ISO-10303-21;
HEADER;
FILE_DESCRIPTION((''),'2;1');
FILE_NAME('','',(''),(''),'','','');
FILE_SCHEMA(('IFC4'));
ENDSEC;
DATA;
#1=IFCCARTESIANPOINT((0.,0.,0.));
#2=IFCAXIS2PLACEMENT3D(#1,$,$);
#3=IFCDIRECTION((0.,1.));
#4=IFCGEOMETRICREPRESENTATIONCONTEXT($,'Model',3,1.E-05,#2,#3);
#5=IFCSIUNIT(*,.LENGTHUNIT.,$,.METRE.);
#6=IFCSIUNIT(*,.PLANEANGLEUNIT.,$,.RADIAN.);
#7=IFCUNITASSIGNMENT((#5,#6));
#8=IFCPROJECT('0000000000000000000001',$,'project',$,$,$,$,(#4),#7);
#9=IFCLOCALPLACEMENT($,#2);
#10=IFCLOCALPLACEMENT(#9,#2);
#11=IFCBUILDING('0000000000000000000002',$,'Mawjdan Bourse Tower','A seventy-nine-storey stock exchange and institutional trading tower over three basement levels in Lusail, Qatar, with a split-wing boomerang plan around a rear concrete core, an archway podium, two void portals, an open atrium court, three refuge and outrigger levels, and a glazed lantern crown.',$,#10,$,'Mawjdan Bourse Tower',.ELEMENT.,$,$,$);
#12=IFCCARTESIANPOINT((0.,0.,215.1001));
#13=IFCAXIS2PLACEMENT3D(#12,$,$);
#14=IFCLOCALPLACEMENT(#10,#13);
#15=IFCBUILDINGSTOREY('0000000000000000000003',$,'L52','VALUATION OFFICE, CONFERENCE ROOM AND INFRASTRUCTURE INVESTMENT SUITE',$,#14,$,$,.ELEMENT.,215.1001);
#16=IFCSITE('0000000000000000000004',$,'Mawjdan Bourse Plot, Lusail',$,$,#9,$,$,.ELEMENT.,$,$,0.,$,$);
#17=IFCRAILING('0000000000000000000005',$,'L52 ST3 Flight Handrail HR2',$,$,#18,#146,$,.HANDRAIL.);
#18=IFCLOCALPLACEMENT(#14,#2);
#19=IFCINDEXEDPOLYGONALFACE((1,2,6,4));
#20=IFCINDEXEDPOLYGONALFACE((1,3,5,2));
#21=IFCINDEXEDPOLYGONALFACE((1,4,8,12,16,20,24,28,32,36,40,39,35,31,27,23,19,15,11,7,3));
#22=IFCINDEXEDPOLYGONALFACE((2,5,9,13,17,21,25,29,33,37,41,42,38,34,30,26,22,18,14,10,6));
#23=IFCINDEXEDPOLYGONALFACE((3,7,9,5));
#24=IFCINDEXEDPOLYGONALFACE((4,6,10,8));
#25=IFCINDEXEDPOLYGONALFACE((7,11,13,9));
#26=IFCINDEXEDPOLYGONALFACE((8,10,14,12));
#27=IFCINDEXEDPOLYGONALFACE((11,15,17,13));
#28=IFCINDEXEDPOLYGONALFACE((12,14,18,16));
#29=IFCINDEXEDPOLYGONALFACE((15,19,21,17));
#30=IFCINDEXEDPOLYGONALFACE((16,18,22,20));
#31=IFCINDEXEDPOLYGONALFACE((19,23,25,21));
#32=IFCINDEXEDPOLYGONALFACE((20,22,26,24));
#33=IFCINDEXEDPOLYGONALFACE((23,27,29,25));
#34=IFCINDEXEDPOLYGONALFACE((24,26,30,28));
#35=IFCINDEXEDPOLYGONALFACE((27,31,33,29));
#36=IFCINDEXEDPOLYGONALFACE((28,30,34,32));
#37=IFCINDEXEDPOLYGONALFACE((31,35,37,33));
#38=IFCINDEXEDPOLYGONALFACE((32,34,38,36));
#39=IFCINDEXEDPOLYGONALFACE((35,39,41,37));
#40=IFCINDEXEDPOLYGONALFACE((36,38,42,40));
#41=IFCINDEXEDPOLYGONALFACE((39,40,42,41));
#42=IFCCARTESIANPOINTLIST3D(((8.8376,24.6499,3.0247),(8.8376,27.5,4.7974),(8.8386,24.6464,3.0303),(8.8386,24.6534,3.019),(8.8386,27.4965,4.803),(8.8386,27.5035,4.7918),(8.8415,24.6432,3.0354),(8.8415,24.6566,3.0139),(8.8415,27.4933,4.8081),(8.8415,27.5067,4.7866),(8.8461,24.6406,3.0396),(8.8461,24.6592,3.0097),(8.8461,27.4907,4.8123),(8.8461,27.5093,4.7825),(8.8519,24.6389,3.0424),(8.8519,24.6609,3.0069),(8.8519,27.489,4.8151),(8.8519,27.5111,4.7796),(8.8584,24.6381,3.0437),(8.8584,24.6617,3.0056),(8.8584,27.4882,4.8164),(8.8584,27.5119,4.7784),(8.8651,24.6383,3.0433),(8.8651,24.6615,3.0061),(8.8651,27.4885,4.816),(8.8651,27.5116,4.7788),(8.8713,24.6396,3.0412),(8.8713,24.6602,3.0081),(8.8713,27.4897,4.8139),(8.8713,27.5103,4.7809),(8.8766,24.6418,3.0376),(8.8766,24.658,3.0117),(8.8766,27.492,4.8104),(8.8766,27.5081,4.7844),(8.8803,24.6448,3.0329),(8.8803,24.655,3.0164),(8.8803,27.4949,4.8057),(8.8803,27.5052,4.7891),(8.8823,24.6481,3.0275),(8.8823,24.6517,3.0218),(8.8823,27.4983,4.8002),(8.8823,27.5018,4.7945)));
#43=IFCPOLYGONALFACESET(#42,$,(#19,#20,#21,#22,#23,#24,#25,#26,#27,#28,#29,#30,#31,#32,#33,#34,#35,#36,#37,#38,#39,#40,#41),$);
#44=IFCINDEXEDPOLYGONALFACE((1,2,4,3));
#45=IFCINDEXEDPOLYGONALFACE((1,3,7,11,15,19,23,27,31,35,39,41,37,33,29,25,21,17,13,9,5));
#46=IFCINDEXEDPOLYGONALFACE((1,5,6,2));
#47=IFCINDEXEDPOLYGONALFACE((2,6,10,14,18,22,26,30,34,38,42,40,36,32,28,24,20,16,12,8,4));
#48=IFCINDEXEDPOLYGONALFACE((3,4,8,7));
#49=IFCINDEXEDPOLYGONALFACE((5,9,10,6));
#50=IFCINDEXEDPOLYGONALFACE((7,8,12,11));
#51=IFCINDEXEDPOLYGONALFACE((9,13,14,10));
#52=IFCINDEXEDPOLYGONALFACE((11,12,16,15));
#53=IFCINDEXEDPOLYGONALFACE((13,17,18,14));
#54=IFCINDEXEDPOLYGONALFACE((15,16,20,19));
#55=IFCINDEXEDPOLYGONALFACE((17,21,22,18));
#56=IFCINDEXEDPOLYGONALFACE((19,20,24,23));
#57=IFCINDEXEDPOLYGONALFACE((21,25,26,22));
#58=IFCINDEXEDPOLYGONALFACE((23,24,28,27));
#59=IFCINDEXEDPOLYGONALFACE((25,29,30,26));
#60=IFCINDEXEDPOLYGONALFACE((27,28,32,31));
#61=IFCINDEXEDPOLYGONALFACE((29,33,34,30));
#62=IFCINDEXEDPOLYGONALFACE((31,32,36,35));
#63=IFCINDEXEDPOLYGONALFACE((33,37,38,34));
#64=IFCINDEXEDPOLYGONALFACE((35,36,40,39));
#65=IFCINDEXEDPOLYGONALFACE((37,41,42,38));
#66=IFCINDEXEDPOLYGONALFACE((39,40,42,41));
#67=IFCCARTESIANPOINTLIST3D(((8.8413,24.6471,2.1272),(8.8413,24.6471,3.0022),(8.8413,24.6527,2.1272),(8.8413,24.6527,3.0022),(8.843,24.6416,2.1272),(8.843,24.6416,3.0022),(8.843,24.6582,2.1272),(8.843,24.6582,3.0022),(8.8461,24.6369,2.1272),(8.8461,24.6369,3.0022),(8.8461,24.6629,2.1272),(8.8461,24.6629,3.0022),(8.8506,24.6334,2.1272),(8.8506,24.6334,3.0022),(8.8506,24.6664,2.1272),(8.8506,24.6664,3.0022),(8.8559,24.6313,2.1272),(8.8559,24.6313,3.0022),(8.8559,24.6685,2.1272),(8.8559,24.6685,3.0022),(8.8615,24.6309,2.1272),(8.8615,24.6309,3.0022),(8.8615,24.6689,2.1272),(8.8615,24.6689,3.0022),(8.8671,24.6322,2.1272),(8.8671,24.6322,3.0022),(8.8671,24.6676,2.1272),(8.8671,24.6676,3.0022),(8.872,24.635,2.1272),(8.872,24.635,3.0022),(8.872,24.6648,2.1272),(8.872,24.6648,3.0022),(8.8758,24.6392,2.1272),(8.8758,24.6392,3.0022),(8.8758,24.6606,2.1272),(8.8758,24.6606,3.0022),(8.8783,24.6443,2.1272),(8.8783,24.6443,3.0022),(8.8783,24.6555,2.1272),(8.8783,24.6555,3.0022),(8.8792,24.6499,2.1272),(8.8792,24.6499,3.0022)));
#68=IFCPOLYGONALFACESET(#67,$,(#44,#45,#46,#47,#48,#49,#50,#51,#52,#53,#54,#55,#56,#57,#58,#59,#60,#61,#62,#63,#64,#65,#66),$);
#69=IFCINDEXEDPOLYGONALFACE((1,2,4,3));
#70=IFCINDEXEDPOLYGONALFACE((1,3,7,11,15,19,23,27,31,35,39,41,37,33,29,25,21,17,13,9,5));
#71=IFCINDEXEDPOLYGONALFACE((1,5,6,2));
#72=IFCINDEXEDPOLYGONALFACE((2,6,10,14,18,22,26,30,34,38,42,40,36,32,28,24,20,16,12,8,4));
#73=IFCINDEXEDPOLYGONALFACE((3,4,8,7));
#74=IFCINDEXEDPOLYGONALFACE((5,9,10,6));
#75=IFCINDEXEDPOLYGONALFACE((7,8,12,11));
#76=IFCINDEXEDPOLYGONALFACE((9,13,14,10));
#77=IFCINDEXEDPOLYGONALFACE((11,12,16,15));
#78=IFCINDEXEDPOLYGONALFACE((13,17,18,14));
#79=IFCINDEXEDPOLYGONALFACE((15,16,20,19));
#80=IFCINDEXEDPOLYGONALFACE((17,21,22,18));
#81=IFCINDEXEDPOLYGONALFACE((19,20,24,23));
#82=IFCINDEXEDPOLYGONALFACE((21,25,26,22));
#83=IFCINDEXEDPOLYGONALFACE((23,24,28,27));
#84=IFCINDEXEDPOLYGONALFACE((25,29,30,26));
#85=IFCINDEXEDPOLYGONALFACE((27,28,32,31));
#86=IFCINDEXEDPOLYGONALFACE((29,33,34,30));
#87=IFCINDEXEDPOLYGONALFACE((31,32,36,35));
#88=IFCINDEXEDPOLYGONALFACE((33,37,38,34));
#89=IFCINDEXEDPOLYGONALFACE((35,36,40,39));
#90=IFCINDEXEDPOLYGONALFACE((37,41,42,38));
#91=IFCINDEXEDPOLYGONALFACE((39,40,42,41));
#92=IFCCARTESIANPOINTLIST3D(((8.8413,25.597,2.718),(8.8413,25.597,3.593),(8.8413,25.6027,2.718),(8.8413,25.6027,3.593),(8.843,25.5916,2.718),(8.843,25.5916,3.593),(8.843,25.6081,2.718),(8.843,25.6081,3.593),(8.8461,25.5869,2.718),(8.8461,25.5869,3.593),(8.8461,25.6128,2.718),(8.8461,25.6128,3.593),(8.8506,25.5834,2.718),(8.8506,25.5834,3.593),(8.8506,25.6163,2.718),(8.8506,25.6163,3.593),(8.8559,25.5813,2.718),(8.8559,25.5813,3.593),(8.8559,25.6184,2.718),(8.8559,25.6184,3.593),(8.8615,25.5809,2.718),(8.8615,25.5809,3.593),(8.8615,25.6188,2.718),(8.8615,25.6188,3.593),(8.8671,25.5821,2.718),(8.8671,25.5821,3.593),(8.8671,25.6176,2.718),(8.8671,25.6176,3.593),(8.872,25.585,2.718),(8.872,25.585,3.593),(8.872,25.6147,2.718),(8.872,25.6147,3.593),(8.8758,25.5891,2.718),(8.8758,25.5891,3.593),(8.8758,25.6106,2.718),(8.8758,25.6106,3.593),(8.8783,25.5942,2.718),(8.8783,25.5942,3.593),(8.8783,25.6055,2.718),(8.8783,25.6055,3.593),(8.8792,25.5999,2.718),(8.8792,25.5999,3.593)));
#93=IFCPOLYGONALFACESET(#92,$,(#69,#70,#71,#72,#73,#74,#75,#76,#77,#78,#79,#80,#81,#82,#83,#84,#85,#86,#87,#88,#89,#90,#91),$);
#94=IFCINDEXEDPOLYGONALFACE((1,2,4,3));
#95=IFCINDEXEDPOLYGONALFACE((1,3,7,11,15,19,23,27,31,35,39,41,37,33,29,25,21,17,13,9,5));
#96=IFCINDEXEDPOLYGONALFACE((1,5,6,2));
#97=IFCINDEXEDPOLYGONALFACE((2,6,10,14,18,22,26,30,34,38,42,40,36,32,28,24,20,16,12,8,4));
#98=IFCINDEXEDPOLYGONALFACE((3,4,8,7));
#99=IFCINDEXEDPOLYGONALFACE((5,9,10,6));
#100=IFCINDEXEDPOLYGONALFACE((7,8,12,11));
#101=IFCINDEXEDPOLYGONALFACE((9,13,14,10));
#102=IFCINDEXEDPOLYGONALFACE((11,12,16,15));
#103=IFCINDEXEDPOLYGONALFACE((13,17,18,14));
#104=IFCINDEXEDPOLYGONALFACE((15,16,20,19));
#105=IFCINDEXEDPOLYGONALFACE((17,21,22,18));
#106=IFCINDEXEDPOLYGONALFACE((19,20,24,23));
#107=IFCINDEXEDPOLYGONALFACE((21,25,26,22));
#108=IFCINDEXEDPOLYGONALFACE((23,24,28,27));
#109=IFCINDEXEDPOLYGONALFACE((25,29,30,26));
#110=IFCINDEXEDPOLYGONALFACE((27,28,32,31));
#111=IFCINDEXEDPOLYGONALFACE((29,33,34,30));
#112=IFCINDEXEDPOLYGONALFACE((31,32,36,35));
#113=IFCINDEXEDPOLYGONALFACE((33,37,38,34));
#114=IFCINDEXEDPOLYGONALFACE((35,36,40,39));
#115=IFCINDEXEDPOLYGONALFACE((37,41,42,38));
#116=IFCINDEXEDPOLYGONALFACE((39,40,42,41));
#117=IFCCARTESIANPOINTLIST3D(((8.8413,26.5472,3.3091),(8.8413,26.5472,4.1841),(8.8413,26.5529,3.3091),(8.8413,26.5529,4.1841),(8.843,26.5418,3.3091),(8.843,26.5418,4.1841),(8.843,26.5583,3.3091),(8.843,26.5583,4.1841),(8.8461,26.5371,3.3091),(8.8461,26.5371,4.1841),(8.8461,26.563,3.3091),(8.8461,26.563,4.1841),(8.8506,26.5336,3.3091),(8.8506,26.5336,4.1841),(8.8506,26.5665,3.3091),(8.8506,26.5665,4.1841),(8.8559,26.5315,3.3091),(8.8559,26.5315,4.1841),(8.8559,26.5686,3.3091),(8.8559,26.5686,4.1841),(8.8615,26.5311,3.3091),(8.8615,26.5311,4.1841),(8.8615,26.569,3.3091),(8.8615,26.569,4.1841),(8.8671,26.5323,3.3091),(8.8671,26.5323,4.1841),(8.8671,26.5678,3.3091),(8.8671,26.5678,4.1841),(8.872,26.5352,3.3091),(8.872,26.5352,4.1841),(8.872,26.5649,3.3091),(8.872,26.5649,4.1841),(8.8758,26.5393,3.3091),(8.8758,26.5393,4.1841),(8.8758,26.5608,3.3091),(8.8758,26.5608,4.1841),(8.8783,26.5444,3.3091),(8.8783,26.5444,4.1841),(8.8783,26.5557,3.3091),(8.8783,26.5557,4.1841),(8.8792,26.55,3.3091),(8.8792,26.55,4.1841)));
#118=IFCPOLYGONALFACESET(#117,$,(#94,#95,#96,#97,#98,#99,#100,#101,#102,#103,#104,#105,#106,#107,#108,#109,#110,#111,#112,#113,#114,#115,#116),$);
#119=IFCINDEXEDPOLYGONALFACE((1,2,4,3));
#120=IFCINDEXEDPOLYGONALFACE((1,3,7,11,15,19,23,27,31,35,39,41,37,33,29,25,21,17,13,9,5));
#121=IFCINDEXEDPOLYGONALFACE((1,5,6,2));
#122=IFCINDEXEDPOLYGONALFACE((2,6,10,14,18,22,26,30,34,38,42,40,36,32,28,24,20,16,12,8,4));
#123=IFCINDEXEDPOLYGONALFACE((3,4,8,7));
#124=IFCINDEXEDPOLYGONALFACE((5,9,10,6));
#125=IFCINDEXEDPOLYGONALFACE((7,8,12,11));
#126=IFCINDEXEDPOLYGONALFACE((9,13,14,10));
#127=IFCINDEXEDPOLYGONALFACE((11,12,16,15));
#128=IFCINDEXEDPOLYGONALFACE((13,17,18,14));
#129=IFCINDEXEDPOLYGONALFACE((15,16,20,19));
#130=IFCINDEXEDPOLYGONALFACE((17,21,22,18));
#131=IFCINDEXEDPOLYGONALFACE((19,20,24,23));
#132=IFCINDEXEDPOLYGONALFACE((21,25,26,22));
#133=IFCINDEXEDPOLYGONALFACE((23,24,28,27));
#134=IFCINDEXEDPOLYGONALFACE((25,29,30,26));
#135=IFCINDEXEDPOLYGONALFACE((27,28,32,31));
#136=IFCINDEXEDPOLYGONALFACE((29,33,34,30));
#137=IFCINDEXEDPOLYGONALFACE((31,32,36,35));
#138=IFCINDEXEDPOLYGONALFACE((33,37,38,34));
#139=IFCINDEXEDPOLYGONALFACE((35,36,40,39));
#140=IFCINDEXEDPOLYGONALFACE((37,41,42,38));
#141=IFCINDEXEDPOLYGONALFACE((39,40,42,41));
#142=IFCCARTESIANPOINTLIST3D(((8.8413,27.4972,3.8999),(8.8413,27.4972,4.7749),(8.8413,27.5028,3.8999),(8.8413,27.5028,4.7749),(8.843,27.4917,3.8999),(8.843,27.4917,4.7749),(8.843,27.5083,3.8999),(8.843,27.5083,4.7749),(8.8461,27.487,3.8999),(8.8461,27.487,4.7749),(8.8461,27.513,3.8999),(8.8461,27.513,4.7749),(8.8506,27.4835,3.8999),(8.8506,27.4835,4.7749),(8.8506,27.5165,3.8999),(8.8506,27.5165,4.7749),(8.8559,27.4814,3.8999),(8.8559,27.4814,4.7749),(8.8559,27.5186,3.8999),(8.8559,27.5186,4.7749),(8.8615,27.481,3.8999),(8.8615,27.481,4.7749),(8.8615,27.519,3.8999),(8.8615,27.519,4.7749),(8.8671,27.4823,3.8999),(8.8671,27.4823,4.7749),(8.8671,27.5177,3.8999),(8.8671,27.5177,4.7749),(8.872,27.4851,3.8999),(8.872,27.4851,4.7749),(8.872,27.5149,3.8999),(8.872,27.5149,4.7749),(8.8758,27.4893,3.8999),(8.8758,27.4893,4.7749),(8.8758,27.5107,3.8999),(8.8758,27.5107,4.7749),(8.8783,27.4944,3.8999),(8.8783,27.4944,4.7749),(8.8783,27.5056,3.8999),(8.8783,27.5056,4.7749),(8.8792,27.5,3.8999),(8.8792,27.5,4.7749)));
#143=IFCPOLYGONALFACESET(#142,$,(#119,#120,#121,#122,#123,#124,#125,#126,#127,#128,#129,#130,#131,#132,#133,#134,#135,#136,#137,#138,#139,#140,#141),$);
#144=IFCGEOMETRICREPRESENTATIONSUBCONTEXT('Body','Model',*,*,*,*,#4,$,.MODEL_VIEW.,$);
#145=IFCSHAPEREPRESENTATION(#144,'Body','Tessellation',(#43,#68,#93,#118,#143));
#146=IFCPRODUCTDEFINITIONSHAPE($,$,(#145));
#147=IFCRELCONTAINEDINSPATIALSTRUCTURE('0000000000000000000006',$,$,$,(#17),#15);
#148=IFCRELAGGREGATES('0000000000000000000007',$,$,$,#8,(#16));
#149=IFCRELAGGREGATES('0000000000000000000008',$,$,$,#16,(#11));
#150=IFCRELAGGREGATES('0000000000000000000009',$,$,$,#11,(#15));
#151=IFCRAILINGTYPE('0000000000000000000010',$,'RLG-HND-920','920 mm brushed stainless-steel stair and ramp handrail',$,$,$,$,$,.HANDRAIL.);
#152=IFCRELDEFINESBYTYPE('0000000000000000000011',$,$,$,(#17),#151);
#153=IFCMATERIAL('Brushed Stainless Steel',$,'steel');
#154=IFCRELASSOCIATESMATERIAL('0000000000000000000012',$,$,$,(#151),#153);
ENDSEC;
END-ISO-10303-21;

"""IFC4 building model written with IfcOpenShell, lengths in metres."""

from ifc_helpers import new_model, si_unit, direction, frame, origin, origin_2d, place, context, subcontext, project, spatial, circle, extrude, material, type_object, element, save


model = new_model("IFC4")

# Units and contexts
model_context = context("Model", 3, precision=1e-05, world=origin(), true_north=direction((0.0, 1.0)))
body_context = subcontext(model_context, "Body", "Model", "MODEL_VIEW")
ifc_project = project(units=[si_unit("LENGTHUNIT", "METRE"), si_unit("PLANEANGLEUNIT", "RADIAN")], contexts=[model_context])

# Site, building, storey
site_placement = place(None, origin())
site = spatial("IfcSite", under=ifc_project, at=site_placement, Name="Mawjdan Bourse Plot, Lusail", CompositionType="ELEMENT", RefElevation=0.0)
building_placement = place(site_placement, origin())
building = spatial("IfcBuilding", under=site, at=building_placement, Name="Mawjdan Bourse Tower", Description="A seventy-nine-storey stock exchange and institutional trading tower over three basement levels in Lusail, Qatar, with a split-wing boomerang plan around a rear concrete core, an archway podium, two void portals, an open atrium court, three refuge and outrigger levels, and a glazed lantern crown.", LongName="Mawjdan Bourse Tower", CompositionType="ELEMENT")
storey_placement = place(building_placement, frame((0.0, 0.0, 215.1001)))
storey = spatial("IfcBuildingStorey", under=building, at=storey_placement, Name="L52", Description="VALUATION OFFICE, CONFERENCE ROOM AND INFRASTRUCTURE INVESTMENT SUITE", CompositionType="ELEMENT", Elevation=215.1001)

# Railing
ifc_material_1 = material(Name="Brushed Stainless Steel", Category="steel")
railing_type_1 = type_object("IfcRailingType", Name="RLG-HND-920", Description="920 mm brushed stainless-steel stair and ramp handrail", PredefinedType="HANDRAIL", material=ifc_material_1)
railing_1_placement = place(storey_placement, frame((8.8601, 24.6499, 2.1272)))
element("IfcRailing", 1, at=railing_1_placement, inside=storey, type_object=railing_type_1, Name="L52 ST3 Flight Handrail HR2", PredefinedType="HANDRAIL", context=body_context, shape_type="SweptSolid", body=[
    extrude(circle(Radius=0.0225, at=origin_2d()), frame((0.0, 0.0, 0.8975), z_axis=(0.0, 0.849149, 0.528154), x_axis=(-1.0, 0.0, 0.0)), (0.0, 0.0, 1.0), 3.3564),
    extrude(circle(Radius=0.019, at=origin_2d()), origin(), (0.0, 0.0, 1.0), 0.875),
    extrude(circle(Radius=0.019, at=origin_2d()), frame((0.0, 0.95, 0.5908)), (0.0, 0.0, 1.0), 0.875),
    extrude(circle(Radius=0.019, at=origin_2d()), frame((0.0, 1.9001, 1.1819)), (0.0, 0.0, 1.0), 0.875),
    extrude(circle(Radius=0.019, at=origin_2d()), frame((0.0, 2.8501, 1.7727)), (0.0, 0.0, 1.0), 0.875),
])

save(model, "model.ifc")
